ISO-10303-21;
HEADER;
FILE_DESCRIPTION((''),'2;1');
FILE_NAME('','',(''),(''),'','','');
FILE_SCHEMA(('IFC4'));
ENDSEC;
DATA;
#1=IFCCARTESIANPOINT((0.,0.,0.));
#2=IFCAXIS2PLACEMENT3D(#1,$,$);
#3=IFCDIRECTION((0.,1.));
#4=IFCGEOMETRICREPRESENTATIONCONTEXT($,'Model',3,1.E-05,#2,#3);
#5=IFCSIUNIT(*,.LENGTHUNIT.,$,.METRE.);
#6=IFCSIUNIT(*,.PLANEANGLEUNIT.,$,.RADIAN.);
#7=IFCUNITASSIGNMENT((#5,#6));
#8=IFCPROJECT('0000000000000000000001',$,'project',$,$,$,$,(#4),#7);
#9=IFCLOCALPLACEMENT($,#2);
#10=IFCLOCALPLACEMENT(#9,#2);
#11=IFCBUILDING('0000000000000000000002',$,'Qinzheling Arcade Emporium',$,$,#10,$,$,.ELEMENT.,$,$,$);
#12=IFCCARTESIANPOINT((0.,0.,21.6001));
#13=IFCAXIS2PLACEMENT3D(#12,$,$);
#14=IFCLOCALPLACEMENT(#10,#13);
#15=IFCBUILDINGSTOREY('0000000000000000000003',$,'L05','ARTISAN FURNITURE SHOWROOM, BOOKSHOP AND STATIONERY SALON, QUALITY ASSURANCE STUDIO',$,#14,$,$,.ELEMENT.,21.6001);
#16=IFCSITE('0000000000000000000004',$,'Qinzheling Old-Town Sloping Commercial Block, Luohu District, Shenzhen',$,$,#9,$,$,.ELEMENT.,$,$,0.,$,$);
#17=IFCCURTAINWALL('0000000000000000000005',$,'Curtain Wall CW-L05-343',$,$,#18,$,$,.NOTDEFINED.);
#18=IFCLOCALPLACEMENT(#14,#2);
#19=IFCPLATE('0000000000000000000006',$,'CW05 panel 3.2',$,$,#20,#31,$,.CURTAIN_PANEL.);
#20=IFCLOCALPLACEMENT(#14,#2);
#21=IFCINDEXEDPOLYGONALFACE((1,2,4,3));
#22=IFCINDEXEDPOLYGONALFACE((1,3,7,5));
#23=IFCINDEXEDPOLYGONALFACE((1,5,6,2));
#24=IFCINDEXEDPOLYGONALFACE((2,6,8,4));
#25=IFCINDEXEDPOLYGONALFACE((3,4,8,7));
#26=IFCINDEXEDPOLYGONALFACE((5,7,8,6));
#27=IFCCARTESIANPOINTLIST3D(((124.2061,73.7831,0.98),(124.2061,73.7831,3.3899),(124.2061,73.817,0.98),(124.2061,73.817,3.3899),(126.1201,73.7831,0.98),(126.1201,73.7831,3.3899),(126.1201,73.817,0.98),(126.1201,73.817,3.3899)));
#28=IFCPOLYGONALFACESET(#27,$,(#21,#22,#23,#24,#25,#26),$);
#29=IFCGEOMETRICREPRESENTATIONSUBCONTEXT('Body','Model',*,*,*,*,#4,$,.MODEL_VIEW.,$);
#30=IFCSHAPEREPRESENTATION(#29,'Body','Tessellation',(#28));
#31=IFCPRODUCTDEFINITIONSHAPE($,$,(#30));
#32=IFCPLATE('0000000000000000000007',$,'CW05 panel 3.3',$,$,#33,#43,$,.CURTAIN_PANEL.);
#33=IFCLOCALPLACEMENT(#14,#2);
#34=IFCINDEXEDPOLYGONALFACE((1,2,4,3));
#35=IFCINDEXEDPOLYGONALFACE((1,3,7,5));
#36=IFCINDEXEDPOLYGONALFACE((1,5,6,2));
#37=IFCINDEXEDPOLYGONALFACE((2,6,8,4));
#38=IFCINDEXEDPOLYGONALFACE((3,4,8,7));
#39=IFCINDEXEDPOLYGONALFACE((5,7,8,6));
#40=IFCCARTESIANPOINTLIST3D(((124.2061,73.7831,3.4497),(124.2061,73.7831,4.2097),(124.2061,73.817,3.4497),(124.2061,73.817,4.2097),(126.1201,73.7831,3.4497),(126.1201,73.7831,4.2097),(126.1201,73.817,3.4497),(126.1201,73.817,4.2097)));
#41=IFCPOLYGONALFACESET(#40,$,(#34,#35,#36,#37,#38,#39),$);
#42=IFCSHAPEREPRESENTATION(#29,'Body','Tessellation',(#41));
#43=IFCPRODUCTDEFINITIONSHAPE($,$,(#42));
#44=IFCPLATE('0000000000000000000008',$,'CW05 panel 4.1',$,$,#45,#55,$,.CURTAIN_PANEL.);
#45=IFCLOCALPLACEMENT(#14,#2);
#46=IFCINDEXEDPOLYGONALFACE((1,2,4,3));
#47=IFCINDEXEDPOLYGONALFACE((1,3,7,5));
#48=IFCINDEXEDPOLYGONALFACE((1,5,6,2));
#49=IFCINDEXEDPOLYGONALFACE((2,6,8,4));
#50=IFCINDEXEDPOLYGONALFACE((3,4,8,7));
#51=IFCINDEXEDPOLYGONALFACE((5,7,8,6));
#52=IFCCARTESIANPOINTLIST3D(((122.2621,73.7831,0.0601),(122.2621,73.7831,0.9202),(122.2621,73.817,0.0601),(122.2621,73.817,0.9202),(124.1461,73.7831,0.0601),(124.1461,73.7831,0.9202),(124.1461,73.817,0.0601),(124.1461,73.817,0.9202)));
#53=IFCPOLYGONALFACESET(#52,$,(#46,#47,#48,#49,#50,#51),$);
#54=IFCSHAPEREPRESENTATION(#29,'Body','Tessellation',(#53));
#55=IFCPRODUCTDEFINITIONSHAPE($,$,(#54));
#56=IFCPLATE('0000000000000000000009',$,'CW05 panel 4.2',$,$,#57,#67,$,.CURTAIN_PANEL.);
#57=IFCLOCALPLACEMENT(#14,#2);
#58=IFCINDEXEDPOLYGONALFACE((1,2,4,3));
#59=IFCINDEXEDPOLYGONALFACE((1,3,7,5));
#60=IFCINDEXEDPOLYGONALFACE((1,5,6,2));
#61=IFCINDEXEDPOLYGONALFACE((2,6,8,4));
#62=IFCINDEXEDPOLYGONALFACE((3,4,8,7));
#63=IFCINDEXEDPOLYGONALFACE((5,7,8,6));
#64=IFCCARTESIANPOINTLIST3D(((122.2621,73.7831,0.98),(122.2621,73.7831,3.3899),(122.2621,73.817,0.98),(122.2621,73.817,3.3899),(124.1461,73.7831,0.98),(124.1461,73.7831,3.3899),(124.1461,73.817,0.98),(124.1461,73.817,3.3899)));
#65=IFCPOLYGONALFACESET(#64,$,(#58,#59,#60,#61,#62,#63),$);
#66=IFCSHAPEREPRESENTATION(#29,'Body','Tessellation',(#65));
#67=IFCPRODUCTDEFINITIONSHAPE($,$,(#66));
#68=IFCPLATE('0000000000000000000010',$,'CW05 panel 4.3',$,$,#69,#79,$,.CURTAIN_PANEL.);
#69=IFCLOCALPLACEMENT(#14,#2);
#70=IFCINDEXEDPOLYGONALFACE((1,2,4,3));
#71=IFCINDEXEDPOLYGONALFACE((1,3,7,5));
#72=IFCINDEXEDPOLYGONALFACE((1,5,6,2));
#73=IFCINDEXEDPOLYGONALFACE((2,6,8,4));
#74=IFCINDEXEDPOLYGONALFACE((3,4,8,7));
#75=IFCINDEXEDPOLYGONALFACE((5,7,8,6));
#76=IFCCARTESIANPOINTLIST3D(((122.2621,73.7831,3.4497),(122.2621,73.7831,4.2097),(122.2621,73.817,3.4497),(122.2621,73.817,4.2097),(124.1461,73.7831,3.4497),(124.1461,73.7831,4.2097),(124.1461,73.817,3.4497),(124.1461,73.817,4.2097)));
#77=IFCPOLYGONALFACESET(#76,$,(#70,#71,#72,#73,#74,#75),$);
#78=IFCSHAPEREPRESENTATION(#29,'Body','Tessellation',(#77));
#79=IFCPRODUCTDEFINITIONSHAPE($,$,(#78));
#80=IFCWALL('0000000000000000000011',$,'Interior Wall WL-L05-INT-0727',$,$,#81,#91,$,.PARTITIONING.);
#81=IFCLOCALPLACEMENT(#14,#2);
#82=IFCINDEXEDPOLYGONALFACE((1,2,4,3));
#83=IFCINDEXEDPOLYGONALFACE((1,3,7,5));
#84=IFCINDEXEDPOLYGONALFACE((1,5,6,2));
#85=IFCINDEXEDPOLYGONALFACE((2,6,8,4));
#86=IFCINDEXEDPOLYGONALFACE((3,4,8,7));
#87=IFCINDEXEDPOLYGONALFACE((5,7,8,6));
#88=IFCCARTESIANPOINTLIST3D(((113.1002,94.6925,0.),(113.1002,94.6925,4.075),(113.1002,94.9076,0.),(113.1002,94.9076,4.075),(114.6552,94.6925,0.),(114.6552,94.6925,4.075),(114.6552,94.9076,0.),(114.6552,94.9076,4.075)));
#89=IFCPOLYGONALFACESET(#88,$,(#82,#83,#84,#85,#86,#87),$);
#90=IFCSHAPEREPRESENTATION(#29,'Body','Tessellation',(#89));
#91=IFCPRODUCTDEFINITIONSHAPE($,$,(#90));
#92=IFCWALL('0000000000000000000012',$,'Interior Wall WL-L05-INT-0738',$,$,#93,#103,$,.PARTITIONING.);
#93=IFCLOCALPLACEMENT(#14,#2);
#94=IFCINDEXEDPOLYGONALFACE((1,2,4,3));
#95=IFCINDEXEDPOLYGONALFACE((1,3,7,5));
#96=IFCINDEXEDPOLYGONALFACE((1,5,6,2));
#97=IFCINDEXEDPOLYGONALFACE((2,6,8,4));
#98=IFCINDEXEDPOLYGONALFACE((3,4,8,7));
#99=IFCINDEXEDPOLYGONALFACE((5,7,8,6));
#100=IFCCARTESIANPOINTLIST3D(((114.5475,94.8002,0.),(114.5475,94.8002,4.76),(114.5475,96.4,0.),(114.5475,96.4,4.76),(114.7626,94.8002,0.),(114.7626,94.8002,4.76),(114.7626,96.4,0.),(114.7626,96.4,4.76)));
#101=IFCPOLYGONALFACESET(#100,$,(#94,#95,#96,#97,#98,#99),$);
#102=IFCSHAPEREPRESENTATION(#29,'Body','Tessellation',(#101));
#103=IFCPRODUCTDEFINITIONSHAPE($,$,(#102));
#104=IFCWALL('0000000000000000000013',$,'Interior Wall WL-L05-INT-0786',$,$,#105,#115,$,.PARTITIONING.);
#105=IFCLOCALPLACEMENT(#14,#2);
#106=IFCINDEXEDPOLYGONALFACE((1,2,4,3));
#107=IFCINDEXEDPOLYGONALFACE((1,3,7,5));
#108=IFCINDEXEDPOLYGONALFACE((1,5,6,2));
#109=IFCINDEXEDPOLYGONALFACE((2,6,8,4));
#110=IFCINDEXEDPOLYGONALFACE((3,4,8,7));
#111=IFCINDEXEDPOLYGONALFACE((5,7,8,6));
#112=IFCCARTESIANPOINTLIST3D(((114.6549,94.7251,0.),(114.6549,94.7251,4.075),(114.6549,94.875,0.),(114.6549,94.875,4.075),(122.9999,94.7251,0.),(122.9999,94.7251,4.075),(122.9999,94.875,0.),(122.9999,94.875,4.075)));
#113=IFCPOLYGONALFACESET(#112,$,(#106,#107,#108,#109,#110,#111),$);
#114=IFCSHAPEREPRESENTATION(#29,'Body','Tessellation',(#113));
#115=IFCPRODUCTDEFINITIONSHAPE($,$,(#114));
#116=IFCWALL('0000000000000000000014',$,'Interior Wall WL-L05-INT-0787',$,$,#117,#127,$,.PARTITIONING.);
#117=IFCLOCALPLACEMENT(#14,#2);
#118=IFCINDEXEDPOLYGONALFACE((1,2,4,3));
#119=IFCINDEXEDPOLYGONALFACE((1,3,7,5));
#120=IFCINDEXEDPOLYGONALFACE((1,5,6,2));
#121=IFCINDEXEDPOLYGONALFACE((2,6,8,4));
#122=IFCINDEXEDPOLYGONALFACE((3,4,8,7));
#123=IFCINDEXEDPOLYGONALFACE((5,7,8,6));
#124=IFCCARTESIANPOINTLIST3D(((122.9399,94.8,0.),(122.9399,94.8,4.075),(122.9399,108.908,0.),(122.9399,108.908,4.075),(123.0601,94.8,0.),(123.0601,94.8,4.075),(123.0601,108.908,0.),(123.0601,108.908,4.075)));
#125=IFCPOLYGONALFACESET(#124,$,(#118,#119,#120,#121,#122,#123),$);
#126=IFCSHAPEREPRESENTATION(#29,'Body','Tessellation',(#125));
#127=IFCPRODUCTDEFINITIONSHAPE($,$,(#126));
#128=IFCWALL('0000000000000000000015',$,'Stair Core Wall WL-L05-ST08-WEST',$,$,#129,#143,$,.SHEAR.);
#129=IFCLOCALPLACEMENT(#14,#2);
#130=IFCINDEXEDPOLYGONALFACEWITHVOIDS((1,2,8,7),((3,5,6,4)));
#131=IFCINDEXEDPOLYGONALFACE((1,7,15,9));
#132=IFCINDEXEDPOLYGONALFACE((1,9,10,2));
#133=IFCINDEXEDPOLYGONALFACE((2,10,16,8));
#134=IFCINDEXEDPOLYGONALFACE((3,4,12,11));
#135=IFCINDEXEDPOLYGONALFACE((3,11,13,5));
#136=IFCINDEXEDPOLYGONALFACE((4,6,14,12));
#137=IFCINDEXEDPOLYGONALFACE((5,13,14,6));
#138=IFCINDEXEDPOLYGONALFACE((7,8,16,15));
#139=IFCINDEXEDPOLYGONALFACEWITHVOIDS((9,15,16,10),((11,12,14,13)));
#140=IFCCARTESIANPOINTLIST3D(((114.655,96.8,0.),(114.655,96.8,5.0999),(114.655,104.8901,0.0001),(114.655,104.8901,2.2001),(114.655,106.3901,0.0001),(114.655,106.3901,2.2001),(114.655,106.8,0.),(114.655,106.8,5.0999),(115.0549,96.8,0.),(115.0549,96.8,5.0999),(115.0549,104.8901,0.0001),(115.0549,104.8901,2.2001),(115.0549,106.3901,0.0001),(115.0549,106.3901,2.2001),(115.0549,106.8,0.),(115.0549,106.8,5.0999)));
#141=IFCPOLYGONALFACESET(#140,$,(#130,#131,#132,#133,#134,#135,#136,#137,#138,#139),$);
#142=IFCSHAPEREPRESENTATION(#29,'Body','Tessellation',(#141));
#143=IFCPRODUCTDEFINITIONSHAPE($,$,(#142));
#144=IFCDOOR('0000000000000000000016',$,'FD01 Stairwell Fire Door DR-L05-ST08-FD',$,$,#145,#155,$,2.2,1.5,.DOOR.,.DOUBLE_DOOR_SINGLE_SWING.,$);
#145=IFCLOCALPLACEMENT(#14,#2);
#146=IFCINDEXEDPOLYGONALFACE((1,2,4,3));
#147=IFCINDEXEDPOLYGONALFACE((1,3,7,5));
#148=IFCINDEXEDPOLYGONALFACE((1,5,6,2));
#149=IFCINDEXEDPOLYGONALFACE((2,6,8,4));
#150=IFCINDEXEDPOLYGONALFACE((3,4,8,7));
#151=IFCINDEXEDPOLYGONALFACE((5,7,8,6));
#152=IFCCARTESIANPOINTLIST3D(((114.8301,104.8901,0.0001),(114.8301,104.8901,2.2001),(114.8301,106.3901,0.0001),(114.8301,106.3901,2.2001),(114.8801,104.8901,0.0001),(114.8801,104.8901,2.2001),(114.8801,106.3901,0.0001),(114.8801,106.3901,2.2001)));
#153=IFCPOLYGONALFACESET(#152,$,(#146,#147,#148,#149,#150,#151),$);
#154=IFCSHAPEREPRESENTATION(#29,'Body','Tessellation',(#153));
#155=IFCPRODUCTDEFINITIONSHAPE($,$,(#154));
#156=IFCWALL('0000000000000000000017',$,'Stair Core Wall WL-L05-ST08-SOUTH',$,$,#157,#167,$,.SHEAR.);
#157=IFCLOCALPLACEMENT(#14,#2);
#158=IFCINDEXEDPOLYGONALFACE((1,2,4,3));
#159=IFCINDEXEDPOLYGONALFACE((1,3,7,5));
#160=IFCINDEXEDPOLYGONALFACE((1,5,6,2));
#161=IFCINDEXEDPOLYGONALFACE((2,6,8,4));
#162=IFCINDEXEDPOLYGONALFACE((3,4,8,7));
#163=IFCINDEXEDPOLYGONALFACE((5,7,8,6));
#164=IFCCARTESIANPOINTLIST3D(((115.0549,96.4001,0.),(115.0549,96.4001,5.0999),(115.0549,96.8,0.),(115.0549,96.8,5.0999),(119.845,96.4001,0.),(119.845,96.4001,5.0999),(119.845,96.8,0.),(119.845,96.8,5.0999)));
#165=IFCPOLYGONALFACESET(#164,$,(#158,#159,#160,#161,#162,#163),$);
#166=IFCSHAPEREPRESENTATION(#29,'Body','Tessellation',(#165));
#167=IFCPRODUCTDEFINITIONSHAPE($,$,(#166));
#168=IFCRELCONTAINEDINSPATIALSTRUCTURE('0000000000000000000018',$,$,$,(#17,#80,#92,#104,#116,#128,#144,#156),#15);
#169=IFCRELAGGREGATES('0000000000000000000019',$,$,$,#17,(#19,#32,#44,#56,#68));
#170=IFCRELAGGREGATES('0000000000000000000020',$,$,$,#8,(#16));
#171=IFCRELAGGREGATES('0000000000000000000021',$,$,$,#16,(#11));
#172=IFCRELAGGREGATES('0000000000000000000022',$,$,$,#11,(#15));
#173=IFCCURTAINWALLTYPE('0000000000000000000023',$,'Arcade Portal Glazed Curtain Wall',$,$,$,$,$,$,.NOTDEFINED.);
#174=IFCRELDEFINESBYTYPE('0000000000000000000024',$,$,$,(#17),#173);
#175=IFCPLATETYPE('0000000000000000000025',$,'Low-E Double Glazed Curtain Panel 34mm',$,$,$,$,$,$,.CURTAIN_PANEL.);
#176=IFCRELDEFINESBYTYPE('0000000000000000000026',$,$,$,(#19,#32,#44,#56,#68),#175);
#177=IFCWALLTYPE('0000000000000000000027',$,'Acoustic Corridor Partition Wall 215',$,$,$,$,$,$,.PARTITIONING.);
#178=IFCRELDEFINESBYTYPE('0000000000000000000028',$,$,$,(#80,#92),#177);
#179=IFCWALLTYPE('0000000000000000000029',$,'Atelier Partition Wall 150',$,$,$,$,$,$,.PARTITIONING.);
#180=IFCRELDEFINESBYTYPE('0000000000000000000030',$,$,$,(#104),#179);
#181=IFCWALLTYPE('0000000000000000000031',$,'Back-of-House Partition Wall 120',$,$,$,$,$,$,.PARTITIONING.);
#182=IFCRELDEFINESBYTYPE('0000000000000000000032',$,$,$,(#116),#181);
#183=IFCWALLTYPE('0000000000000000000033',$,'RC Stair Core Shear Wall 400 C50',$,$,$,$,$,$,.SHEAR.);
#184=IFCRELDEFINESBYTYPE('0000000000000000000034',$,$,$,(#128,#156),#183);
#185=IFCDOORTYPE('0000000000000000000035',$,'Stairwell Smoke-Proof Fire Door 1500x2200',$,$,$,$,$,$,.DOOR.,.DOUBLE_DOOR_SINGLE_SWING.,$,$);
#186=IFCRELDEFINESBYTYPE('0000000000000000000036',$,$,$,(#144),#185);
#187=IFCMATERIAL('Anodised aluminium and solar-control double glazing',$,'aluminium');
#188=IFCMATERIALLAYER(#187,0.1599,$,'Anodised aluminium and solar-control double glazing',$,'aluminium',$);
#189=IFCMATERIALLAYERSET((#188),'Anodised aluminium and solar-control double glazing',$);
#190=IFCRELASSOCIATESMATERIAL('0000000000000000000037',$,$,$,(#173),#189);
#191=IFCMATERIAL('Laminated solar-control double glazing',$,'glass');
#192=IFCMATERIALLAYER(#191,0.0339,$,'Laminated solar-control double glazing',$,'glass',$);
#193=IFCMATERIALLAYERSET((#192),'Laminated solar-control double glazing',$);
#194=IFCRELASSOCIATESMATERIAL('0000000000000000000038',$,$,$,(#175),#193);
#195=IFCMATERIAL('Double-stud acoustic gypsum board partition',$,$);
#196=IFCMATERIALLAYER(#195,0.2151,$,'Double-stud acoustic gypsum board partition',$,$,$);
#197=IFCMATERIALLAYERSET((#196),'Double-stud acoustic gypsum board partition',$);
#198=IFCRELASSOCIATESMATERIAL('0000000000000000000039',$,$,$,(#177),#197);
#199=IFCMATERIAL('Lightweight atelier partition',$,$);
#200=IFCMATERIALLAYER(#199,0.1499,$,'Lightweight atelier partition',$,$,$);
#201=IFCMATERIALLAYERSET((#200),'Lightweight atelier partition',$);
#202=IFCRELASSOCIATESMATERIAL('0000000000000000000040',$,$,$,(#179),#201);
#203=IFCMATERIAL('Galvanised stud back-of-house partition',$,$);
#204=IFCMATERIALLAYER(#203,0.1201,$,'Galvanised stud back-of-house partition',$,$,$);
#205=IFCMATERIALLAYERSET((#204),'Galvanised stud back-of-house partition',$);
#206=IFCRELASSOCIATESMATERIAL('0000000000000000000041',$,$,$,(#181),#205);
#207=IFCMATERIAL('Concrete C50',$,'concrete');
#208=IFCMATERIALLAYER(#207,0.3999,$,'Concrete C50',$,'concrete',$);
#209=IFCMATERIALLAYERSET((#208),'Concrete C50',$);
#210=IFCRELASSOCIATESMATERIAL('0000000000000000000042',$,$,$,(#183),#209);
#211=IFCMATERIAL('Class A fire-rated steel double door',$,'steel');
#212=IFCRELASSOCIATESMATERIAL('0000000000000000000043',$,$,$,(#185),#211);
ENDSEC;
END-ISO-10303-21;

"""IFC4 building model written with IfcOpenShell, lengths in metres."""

from ifc_helpers import new_model, si_unit, direction, frame, frame_2d, origin, origin_2d, place, context, subcontext, project, spatial, rectangle, extrude, material, layer, layer_set, type_object, element, fill, aggregate, save


model = new_model("IFC4")

# Units and contexts
model_context = context("Model", 3, precision=1e-05, world=origin(), true_north=direction((0.0, 1.0)))
body_context = subcontext(model_context, "Body", "Model", "MODEL_VIEW")
ifc_project = project(units=[si_unit("LENGTHUNIT", "METRE"), si_unit("PLANEANGLEUNIT", "RADIAN")], contexts=[model_context])

# Site, building, storey
site_placement = place(None, origin())
site = spatial("IfcSite", under=ifc_project, at=site_placement, Name="Qinzheling Old-Town Sloping Commercial Block, Luohu District, Shenzhen", CompositionType="ELEMENT", RefElevation=0.0)
building_placement = place(site_placement, origin())
building = spatial("IfcBuilding", under=site, at=building_placement, Name="Qinzheling Arcade Emporium", CompositionType="ELEMENT")
storey_placement = place(building_placement, frame((0.0, 0.0, 21.6001)))
storey = spatial("IfcBuildingStorey", under=building, at=storey_placement, Name="L05", Description="ARTISAN FURNITURE SHOWROOM, BOOKSHOP AND STATIONERY SALON, QUALITY ASSURANCE STUDIO", CompositionType="ELEMENT", Elevation=21.6001)

# Curtain wall
ifc_material_1 = material(Name="Anodised aluminium and solar-control double glazing", Category="aluminium")
ifc_layer_1 = layer(ifc_material_1, 0.1599, Name="Anodised aluminium and solar-control double glazing", Category="aluminium")
ifc_layer_set_1 = layer_set([ifc_layer_1], Name="Anodised aluminium and solar-control double glazing")
curtain_wall_type = type_object("IfcCurtainWallType", Name="Arcade Portal Glazed Curtain Wall", PredefinedType="NOTDEFINED", material=ifc_layer_set_1)
curtain_wall_1_placement = place(storey_placement, origin())
curtain_wall_1 = element("IfcCurtainWall", 1, at=curtain_wall_1_placement, inside=storey, type_object=curtain_wall_type, Name="Curtain Wall CW-L05-343", PredefinedType="NOTDEFINED")

# Plates
ifc_material_2 = material(Name="Laminated solar-control double glazing", Category="glass")
ifc_layer_2 = layer(ifc_material_2, 0.0339, Name="Laminated solar-control double glazing", Category="glass")
ifc_layer_set_2 = layer_set([ifc_layer_2], Name="Laminated solar-control double glazing")
plate_type = type_object("IfcPlateType", Name="Low-E Double Glazed Curtain Panel 34mm", PredefinedType="CURTAIN_PANEL", material=ifc_layer_set_2)
plate_1_placement = place(storey_placement, frame((125.1631, 73.8, 0.98), z_axis=(0.0, 0.0, 1.0), x_axis=(-1.0, 0.0, 0.0)))
plate_1 = element("IfcPlate", 2, at=plate_1_placement, type_object=plate_type, Name="CW05 panel 3.2", PredefinedType="CURTAIN_PANEL", context=body_context, shape_type="SweptSolid", body=[
    extrude(rectangle(XDim=1.9141, YDim=0.0339, at=origin_2d()), origin(), (0.0, 0.0, 1.0), 2.4099),
])
plate_2_placement = place(storey_placement, frame((125.1631, 73.8, 3.4497), z_axis=(0.0, 0.0, 1.0), x_axis=(-1.0, 0.0, 0.0)))
plate_2 = element("IfcPlate", 3, at=plate_2_placement, type_object=plate_type, Name="CW05 panel 3.3", PredefinedType="CURTAIN_PANEL", context=body_context, shape_type="SweptSolid", body=[
    extrude(rectangle(XDim=1.9141, YDim=0.0339, at=origin_2d()), origin(), (0.0, 0.0, 1.0), 0.76),
])
plate_3_placement = place(storey_placement, frame((123.2041, 73.8, 0.0601), z_axis=(0.0, 0.0, 1.0), x_axis=(-1.0, 0.0, 0.0)))
plate_3 = element("IfcPlate", 4, at=plate_3_placement, type_object=plate_type, Name="CW05 panel 4.1", PredefinedType="CURTAIN_PANEL", context=body_context, shape_type="SweptSolid", body=[
    extrude(rectangle(XDim=1.884, YDim=0.0339, at=origin_2d()), origin(), (0.0, 0.0, 1.0), 0.8601),
])
plate_4_placement = place(storey_placement, frame((123.2041, 73.8, 0.98), z_axis=(0.0, 0.0, 1.0), x_axis=(-1.0, 0.0, 0.0)))
plate_4 = element("IfcPlate", 5, at=plate_4_placement, type_object=plate_type, Name="CW05 panel 4.2", PredefinedType="CURTAIN_PANEL", context=body_context, shape_type="SweptSolid", body=[
    extrude(rectangle(XDim=1.884, YDim=0.0339, at=origin_2d()), origin(), (0.0, 0.0, 1.0), 2.4099),
])
plate_5_placement = place(storey_placement, frame((123.2041, 73.8, 3.4497), z_axis=(0.0, 0.0, 1.0), x_axis=(-1.0, 0.0, 0.0)))
plate_5 = element("IfcPlate", 6, at=plate_5_placement, type_object=plate_type, Name="CW05 panel 4.3", PredefinedType="CURTAIN_PANEL", context=body_context, shape_type="SweptSolid", body=[
    extrude(rectangle(XDim=1.884, YDim=0.0339, at=origin_2d()), origin(), (0.0, 0.0, 1.0), 0.76),
])
aggregate(curtain_wall_1, [plate_1, plate_2, plate_3, plate_4, plate_5])

# Walls
ifc_material_3 = material(Name="Double-stud acoustic gypsum board partition")
ifc_layer_3 = layer(ifc_material_3, 0.2151, Name="Double-stud acoustic gypsum board partition")
ifc_layer_set_3 = layer_set([ifc_layer_3], Name="Double-stud acoustic gypsum board partition")
wall_type_1 = type_object("IfcWallType", Name="Acoustic Corridor Partition Wall 215", PredefinedType="PARTITIONING", material=ifc_layer_set_3)
wall_1_placement = place(storey_placement, frame((114.655, 94.8, 0.0), z_axis=(0.0, 0.0, 1.0), x_axis=(-1.0, 0.0, 0.0)))
element("IfcWall", 7, at=wall_1_placement, inside=storey, type_object=wall_type_1, Name="Interior Wall WL-L05-INT-0727", PredefinedType="PARTITIONING", context=body_context, shape_type="SweptSolid", body=[
    extrude(rectangle(XDim=1.5549, YDim=0.2151, at=frame_2d((0.7773, 0.0))), origin(), (0.0, 0.0, 1.0), 4.075),
])
wall_2_placement = place(storey_placement, frame((114.655, 96.3999, 0.0), z_axis=(0.0, 0.0, 1.0), x_axis=(0.0, -1.0, 0.0)))
element("IfcWall", 8, at=wall_2_placement, inside=storey, type_object=wall_type_1, Name="Interior Wall WL-L05-INT-0738", PredefinedType="PARTITIONING", context=body_context, shape_type="SweptSolid", body=[
    extrude(rectangle(XDim=1.5999, YDim=0.2151, at=frame_2d((0.7998, 0.0))), origin(), (0.0, 0.0, 1.0), 4.76),
])
ifc_material_4 = material(Name="Lightweight atelier partition")
ifc_layer_4 = layer(ifc_material_4, 0.1499, Name="Lightweight atelier partition")
ifc_layer_set_4 = layer_set([ifc_layer_4], Name="Lightweight atelier partition")
wall_type_2 = type_object("IfcWallType", Name="Atelier Partition Wall 150", PredefinedType="PARTITIONING", material=ifc_layer_set_4)
wall_3_placement = place(storey_placement, frame((114.655, 94.8, 0.0), z_axis=(0.0, 0.0, 1.0), x_axis=(1.0, 0.0, 0.0)))
element("IfcWall", 9, at=wall_3_placement, inside=storey, type_object=wall_type_2, Name="Interior Wall WL-L05-INT-0786", PredefinedType="PARTITIONING", context=body_context, shape_type="SweptSolid", body=[
    extrude(rectangle(XDim=8.345, YDim=0.1499, at=frame_2d((4.1724, 0.0))), origin(), (0.0, 0.0, 1.0), 4.075),
])
ifc_material_5 = material(Name="Galvanised stud back-of-house partition")
ifc_layer_5 = layer(ifc_material_5, 0.1201, Name="Galvanised stud back-of-house partition")
ifc_layer_set_5 = layer_set([ifc_layer_5], Name="Galvanised stud back-of-house partition")
wall_type_3 = type_object("IfcWallType", Name="Back-of-House Partition Wall 120", PredefinedType="PARTITIONING", material=ifc_layer_set_5)
wall_4_placement = place(storey_placement, frame((123.0, 94.8, 0.0), z_axis=(0.0, 0.0, 1.0), x_axis=(0.0, 1.0, 0.0)))
element("IfcWall", 10, at=wall_4_placement, inside=storey, type_object=wall_type_3, Name="Interior Wall WL-L05-INT-0787", PredefinedType="PARTITIONING", context=body_context, shape_type="SweptSolid", body=[
    extrude(rectangle(XDim=14.1079, YDim=0.1201, at=frame_2d((7.054, 0.0))), origin(), (0.0, 0.0, 1.0), 4.075),
])

# Wall, opening, door
ifc_material_6 = material(Name="Concrete C50", Category="concrete")
ifc_layer_6 = layer(ifc_material_6, 0.3999, Name="Concrete C50", Category="concrete")
ifc_layer_set_6 = layer_set([ifc_layer_6], Name="Concrete C50")
wall_type_4 = type_object("IfcWallType", Name="RC Stair Core Shear Wall 400 C50", PredefinedType="SHEAR", material=ifc_layer_set_6)
wall_5_placement = place(storey_placement, frame((114.855, 96.8, 0.0), z_axis=(0.0, 0.0, 1.0), x_axis=(0.0, 1.0, 0.0)))
wall_5 = element("IfcWall", 11, at=wall_5_placement, inside=storey, type_object=wall_type_4, Name="Stair Core Wall WL-L05-ST08-WEST", PredefinedType="SHEAR", context=body_context, shape_type="SweptSolid", body=[
    extrude(rectangle(XDim=10.0, YDim=0.3999, at=frame_2d((5.0, 0.0))), origin(), (0.0, 0.0, 1.0), 5.0999),
])
opening_1_placement = place(wall_5_placement, frame((8.0901, 0.0, 0.0)))
opening_1 = element("IfcOpeningElement", 12, at=opening_1_placement, cuts=wall_5, PredefinedType="OPENING", context=body_context, shape_type="SweptSolid", body=[
    extrude(rectangle(XDim=1.5, YDim=2.2, at=frame_2d((0.75, 1.1001))), frame((0.0, 0.21, 0.0), z_axis=(0.0, -1.0, 0.0), x_axis=(1.0, 0.0, 0.0)), (0.0, 0.0, 1.0), 0.4199),
])
ifc_material_7 = material(Name="Class A fire-rated steel double door", Category="steel")
door_type_1 = type_object("IfcDoorType", Name="Stairwell Smoke-Proof Fire Door 1500x2200", OperationType="DOUBLE_DOOR_SINGLE_SWING", PredefinedType="DOOR", material=ifc_material_7)
door_1_placement = place(opening_1_placement, origin())
door_1 = element("IfcDoor", 13, at=door_1_placement, inside=storey, type_object=door_type_1, Name="FD01 Stairwell Fire Door DR-L05-ST08-FD", OperationType="DOUBLE_DOOR_SINGLE_SWING", OverallHeight=2.2, OverallWidth=1.5, PredefinedType="DOOR", context=body_context, shape_type="SweptSolid", body=[
    extrude(rectangle(XDim=1.5, YDim=2.2, at=frame_2d((0.75, 1.1001))), frame((0.0, 0.0249, 0.0), z_axis=(0.0, -1.0, 0.0), x_axis=(1.0, 0.0, 0.0)), (0.0, 0.0, 1.0), 0.05),
])
fill(opening_1, door_1)

# Wall
wall_6_placement = place(storey_placement, frame((119.845, 96.6001, 0.0), z_axis=(0.0, 0.0, 1.0), x_axis=(-1.0, 0.0, 0.0)))
element("IfcWall", 14, at=wall_6_placement, inside=storey, type_object=wall_type_4, Name="Stair Core Wall WL-L05-ST08-SOUTH", PredefinedType="SHEAR", context=body_context, shape_type="SweptSolid", body=[
    extrude(rectangle(XDim=4.79, YDim=0.3999, at=frame_2d((2.395, 0.0))), origin(), (0.0, 0.0, 1.0), 5.0999),
])

save(model, "model.ifc")
